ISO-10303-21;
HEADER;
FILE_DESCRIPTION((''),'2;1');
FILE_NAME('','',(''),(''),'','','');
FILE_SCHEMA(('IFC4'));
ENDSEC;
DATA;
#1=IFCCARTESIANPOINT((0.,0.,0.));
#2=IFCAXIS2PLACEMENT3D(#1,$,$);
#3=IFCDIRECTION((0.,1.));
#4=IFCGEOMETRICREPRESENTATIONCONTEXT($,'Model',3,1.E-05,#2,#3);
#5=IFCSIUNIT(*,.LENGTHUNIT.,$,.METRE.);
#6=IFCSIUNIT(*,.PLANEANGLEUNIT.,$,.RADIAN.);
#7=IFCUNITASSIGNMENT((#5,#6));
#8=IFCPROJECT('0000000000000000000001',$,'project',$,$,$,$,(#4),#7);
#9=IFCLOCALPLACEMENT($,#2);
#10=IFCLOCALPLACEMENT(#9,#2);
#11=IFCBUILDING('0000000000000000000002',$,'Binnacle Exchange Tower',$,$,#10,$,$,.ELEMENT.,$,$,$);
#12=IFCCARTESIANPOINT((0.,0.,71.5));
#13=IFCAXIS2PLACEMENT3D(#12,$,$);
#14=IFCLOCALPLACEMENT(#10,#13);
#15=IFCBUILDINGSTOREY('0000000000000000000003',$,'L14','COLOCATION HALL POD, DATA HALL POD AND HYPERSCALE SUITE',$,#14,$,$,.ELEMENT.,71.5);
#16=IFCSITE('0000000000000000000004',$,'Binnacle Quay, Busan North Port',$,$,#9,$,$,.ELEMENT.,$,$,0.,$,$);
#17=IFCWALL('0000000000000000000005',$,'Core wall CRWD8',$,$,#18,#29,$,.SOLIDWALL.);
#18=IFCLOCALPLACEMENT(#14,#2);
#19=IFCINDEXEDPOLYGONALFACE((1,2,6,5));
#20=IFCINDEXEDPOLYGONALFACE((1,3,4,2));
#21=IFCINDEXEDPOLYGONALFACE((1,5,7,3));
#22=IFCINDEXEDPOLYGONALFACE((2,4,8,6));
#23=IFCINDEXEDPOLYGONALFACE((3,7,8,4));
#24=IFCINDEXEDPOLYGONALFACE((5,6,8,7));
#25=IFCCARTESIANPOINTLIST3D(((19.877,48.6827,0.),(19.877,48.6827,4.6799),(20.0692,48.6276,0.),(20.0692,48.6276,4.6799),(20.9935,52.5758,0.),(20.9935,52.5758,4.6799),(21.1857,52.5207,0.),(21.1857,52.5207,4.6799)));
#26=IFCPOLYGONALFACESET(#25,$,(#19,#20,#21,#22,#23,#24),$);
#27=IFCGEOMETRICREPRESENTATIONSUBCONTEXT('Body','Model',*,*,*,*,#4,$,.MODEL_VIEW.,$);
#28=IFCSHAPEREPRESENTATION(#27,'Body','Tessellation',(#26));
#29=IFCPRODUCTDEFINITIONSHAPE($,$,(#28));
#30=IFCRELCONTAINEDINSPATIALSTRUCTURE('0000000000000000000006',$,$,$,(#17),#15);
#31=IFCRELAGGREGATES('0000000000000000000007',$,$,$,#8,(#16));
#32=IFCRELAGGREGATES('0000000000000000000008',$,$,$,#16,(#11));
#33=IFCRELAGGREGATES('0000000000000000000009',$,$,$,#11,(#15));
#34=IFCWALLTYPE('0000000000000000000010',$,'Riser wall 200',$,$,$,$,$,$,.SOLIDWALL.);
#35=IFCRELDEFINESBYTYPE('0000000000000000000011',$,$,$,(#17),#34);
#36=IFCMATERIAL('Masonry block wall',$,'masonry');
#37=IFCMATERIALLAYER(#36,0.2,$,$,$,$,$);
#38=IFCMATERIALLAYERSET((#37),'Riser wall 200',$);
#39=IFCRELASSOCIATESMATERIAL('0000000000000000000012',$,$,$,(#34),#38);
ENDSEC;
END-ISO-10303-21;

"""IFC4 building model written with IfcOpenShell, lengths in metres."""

from ifc_helpers import new_model, si_unit, direction, frame, frame_2d, origin, place, context, subcontext, project, spatial, rectangle, extrude, material, layer, layer_set, type_object, element, save


model = new_model("IFC4")

# Units and contexts
model_context = context("Model", 3, precision=1e-05, world=origin(), true_north=direction((0.0, 1.0)))
body_context = subcontext(model_context, "Body", "Model", "MODEL_VIEW")
ifc_project = project(units=[si_unit("LENGTHUNIT", "METRE"), si_unit("PLANEANGLEUNIT", "RADIAN")], contexts=[model_context])

# Site, building, storey
site_placement = place(None, origin())
site = spatial("IfcSite", under=ifc_project, at=site_placement, Name="Binnacle Quay, Busan North Port", CompositionType="ELEMENT", RefElevation=0.0)
building_placement = place(site_placement, origin())
building = spatial("IfcBuilding", under=site, at=building_placement, Name="Binnacle Exchange Tower", CompositionType="ELEMENT")
storey_placement = place(building_placement, frame((0.0, 0.0, 71.5)))
storey = spatial("IfcBuildingStorey", under=building, at=storey_placement, Name="L14", Description="COLOCATION HALL POD, DATA HALL POD AND HYPERSCALE SUITE", CompositionType="ELEMENT", Elevation=71.5)

# Wall
ifc_material_1 = material(Name="Masonry block wall", Category="masonry")
ifc_layer_1 = layer(ifc_material_1, 0.2)
ifc_layer_set_1 = layer_set([ifc_layer_1], Name="Riser wall 200")
wall_type_1 = type_object("IfcWallType", Name="Riser wall 200", PredefinedType="SOLIDWALL", material=ifc_layer_set_1)
wall_1_placement = place(storey_placement, frame((19.9731, 48.6553, 0.0), z_axis=(0.0, 0.0, 1.0), x_axis=(0.275668, 0.961253, 0.0)))
element("IfcWall", 1, at=wall_1_placement, inside=storey, type_object=wall_type_1, Name="Core wall CRWD8", PredefinedType="SOLIDWALL", context=body_context, shape_type="SweptSolid", body=[
    extrude(rectangle(XDim=4.05, YDim=0.2, at=frame_2d((2.0249, 0.0))), origin(), (0.0, 0.0, 1.0), 4.6799),
])

save(model, "model.ifc")
